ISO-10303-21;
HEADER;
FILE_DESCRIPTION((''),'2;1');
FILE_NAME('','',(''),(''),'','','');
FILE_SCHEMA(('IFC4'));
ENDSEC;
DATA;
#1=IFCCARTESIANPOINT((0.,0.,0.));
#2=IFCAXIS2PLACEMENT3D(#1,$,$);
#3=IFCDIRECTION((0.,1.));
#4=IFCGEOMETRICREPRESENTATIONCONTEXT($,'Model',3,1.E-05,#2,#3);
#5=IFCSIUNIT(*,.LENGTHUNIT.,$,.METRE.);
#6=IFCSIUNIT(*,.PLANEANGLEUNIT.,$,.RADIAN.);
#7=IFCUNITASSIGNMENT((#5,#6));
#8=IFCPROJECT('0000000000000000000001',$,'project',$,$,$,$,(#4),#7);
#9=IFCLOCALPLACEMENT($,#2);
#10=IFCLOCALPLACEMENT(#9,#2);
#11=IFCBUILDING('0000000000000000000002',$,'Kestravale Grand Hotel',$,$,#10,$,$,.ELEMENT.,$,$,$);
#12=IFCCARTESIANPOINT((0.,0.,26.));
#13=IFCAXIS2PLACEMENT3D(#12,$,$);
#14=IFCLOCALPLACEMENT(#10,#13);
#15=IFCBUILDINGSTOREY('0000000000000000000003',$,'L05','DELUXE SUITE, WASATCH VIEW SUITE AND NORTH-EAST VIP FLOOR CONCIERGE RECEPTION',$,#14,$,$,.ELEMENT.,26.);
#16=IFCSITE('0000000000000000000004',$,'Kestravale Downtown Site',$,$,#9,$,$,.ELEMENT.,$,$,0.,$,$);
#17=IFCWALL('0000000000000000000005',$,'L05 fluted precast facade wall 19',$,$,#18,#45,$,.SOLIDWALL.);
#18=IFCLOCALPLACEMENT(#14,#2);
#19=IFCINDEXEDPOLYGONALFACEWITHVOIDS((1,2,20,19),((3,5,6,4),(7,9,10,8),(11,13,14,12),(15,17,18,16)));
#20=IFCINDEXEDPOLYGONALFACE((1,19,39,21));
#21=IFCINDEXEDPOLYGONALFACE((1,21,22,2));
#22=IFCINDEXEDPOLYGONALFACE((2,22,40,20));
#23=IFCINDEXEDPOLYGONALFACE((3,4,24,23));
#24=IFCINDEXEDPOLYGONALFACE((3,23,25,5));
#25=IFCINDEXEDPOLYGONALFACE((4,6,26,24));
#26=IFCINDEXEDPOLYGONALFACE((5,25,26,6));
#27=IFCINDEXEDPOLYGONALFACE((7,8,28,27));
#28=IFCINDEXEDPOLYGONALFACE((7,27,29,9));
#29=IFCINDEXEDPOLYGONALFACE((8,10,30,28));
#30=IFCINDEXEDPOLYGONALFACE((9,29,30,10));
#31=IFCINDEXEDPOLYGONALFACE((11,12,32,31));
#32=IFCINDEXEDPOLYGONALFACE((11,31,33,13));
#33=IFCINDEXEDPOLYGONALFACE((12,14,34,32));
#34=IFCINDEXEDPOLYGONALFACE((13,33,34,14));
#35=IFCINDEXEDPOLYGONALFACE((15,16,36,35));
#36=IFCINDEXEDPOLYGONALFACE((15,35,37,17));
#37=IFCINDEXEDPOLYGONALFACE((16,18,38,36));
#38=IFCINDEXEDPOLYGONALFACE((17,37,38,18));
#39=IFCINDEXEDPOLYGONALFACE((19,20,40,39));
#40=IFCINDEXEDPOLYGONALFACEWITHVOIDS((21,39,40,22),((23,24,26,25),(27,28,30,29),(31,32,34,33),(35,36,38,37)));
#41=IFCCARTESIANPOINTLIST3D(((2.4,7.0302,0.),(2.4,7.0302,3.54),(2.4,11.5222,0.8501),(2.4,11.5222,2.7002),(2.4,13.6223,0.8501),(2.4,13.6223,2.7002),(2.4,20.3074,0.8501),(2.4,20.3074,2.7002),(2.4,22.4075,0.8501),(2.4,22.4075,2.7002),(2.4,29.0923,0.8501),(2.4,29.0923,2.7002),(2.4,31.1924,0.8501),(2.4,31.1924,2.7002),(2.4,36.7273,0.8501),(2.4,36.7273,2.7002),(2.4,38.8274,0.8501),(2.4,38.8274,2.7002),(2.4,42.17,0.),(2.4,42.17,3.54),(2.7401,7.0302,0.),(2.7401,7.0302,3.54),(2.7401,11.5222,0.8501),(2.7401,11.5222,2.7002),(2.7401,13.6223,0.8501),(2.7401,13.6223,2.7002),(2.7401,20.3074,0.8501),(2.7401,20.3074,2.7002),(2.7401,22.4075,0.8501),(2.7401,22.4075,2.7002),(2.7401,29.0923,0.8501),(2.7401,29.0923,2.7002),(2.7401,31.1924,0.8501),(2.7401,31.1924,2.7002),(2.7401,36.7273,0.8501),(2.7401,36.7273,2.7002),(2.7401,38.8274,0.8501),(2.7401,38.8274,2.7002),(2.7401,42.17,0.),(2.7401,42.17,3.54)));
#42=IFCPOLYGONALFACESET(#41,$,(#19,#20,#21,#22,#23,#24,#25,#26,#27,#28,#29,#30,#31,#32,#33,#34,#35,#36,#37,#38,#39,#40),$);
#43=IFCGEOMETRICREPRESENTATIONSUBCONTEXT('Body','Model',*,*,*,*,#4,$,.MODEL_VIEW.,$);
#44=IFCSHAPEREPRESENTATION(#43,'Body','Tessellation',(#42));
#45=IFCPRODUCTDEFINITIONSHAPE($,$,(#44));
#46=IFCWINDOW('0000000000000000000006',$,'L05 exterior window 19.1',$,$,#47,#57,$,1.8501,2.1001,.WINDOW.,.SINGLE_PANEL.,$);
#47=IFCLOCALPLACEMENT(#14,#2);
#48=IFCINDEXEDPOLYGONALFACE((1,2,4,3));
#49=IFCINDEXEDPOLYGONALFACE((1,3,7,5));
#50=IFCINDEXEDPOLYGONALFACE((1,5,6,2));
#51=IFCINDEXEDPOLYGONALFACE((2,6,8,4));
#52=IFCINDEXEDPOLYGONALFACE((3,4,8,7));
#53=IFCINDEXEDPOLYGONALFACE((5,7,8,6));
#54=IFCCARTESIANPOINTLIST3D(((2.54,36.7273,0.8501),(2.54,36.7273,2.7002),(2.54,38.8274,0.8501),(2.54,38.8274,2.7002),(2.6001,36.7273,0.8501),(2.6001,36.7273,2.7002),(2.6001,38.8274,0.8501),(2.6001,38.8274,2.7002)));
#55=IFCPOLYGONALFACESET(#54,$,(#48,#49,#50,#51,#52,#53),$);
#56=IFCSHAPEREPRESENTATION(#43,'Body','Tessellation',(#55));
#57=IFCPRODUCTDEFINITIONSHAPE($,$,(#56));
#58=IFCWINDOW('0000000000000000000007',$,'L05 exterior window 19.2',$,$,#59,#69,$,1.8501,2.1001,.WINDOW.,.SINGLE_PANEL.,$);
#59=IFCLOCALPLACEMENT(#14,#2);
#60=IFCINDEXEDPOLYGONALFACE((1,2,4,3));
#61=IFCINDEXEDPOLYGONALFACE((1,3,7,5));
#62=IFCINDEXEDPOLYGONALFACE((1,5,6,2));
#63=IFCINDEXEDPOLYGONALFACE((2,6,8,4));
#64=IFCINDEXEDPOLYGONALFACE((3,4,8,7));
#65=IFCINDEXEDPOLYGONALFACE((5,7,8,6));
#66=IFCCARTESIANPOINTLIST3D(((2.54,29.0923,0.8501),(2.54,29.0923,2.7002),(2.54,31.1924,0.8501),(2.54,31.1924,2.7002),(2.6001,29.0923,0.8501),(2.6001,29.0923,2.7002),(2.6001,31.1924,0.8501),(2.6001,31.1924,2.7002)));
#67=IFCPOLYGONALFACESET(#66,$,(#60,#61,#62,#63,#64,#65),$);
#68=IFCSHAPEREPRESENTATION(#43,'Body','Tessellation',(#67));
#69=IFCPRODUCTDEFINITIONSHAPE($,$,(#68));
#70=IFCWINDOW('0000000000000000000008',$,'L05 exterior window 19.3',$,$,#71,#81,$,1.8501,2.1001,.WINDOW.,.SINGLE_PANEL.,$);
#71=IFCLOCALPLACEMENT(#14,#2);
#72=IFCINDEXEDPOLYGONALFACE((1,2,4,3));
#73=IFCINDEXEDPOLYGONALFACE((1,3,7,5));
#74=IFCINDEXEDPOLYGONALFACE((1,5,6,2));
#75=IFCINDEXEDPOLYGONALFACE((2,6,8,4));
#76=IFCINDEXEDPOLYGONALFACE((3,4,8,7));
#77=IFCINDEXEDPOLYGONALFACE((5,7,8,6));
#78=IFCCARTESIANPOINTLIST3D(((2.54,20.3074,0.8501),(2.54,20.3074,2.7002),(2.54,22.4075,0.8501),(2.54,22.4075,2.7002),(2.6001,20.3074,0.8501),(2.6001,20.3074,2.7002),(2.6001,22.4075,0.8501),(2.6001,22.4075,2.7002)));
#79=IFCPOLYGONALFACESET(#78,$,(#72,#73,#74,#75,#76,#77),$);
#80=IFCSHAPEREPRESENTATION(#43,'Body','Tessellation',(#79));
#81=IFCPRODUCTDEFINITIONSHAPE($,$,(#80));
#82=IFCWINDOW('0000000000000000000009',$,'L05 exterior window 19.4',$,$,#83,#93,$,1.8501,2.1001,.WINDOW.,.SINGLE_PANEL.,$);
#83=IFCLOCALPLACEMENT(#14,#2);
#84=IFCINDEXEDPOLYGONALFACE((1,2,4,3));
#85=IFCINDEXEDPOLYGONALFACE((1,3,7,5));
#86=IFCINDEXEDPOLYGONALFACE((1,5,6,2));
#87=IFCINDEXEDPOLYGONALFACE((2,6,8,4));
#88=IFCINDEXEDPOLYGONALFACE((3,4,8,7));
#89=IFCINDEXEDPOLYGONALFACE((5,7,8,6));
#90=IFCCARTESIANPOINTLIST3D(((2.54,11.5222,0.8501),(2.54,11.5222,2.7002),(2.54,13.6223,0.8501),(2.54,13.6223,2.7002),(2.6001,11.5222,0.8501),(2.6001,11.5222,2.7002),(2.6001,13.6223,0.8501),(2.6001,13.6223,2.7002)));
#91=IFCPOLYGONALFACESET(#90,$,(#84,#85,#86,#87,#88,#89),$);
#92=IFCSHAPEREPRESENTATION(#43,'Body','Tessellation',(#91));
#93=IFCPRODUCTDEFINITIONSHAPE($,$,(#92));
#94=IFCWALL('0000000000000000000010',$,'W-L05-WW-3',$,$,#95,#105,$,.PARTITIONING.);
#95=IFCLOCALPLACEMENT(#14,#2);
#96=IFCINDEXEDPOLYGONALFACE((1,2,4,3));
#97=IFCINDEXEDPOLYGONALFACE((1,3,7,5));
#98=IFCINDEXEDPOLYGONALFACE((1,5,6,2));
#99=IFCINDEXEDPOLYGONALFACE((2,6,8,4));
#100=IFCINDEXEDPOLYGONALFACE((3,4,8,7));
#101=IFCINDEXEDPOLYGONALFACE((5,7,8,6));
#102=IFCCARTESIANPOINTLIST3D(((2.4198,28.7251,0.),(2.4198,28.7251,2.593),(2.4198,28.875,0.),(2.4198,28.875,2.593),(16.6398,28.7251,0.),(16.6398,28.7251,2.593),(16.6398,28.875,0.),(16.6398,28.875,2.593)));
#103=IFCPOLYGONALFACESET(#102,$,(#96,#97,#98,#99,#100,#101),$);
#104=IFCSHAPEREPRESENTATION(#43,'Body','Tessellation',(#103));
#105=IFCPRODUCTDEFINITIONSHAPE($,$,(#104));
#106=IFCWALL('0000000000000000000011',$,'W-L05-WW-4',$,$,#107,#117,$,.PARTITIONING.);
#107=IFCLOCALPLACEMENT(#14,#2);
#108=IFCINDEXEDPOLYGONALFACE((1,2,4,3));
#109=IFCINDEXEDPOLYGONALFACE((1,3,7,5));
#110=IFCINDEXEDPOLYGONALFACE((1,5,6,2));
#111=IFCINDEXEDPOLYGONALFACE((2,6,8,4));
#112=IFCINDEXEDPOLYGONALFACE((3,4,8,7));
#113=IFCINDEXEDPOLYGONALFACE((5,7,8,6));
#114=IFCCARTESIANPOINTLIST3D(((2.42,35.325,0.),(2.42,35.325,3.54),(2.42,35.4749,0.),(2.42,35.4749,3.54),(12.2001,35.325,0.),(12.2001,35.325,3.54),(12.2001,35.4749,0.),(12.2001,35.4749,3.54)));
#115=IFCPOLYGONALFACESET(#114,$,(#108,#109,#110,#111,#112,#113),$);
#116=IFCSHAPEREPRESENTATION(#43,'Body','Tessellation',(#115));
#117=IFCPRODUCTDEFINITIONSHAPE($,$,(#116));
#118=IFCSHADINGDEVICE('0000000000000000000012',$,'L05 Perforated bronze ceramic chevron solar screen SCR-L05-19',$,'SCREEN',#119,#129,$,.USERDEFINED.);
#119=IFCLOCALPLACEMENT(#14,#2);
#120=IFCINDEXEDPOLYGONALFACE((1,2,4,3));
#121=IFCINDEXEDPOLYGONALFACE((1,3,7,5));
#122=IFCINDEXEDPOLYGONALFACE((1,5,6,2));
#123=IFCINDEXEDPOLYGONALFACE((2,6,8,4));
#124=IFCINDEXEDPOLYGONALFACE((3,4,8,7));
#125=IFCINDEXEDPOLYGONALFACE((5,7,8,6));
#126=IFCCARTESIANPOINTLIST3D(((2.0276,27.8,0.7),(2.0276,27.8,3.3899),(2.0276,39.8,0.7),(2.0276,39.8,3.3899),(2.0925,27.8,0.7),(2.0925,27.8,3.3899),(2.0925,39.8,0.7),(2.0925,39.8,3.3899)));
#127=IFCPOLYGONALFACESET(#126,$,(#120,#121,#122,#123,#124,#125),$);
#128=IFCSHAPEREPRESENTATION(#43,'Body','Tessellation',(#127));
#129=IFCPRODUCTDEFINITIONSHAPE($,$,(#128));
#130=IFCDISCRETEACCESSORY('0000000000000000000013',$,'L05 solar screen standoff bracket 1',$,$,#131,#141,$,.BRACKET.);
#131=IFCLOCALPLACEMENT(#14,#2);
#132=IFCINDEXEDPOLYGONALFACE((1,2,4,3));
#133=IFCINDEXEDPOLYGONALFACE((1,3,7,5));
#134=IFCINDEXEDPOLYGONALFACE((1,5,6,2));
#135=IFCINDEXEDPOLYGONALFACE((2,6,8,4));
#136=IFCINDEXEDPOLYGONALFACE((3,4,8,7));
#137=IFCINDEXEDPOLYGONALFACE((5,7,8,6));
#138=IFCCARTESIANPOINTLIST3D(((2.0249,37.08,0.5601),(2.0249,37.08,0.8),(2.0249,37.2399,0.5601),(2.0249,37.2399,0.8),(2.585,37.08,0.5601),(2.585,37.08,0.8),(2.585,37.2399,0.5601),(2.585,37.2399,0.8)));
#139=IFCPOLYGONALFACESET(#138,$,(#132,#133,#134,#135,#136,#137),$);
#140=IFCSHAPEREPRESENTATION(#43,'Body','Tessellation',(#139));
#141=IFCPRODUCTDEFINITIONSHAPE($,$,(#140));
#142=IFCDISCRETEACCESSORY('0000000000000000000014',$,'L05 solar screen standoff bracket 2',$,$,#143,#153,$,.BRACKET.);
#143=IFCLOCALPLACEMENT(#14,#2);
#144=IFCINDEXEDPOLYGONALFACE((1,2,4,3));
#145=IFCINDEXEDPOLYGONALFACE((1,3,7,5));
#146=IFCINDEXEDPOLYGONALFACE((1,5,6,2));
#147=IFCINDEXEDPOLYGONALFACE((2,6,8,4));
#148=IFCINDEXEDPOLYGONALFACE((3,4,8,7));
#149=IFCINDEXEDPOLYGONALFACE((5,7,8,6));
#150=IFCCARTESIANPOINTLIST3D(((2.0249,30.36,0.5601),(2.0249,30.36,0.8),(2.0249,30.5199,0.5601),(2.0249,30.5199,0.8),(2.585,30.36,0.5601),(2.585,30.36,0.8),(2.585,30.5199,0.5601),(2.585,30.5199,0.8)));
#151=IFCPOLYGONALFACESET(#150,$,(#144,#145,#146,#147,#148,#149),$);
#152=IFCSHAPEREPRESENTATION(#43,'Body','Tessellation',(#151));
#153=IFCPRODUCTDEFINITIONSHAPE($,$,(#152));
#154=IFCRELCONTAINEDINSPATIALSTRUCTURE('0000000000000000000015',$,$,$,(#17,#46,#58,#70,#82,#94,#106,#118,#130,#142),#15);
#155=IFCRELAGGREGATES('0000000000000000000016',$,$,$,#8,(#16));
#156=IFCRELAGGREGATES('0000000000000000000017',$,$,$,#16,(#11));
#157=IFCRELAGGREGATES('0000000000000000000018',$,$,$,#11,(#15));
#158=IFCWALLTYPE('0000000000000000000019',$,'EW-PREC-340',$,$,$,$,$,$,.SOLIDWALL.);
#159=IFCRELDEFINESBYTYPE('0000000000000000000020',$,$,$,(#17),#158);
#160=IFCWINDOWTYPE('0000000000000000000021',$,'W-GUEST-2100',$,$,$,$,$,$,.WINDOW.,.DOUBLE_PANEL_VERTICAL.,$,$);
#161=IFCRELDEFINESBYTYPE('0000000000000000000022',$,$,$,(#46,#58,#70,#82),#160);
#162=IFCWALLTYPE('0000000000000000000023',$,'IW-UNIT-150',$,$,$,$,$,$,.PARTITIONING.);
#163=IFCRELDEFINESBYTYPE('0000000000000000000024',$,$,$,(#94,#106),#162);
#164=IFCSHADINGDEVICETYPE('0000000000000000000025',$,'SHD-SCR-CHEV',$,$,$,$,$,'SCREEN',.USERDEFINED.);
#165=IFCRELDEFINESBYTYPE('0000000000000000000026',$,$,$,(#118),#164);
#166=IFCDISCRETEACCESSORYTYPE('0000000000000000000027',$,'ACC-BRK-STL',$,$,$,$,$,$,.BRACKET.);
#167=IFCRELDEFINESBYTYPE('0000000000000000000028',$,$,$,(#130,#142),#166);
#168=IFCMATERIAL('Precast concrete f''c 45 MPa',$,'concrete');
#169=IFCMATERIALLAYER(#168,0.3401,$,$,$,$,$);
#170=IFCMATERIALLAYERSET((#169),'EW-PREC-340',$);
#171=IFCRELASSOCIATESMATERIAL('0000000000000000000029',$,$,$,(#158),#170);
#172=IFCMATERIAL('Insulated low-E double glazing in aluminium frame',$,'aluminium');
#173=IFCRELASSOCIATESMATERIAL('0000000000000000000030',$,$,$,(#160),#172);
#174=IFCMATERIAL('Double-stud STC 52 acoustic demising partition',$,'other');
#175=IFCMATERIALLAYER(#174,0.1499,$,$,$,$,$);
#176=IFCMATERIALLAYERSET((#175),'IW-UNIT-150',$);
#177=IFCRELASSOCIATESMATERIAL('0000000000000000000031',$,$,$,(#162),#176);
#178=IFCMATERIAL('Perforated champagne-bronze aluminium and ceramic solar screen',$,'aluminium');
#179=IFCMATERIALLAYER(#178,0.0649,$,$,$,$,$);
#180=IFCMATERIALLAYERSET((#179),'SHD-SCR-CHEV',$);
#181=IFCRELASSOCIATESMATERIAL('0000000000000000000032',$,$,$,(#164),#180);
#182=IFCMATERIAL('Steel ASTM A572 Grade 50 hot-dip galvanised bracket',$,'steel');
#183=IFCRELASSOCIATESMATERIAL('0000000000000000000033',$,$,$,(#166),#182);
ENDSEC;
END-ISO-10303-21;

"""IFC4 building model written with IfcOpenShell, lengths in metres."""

from ifc_helpers import new_model, si_unit, direction, frame, frame_2d, origin, origin_2d, place, context, subcontext, project, spatial, rectangle, extrude, material, layer, layer_set, type_object, element, fill, save


model = new_model("IFC4")

# Units and contexts
model_context = context("Model", 3, precision=1e-05, world=origin(), true_north=direction((0.0, 1.0)))
body_context = subcontext(model_context, "Body", "Model", "MODEL_VIEW")
ifc_project = project(units=[si_unit("LENGTHUNIT", "METRE"), si_unit("PLANEANGLEUNIT", "RADIAN")], contexts=[model_context])

# Site, building, storey
site_placement = place(None, origin())
site = spatial("IfcSite", under=ifc_project, at=site_placement, Name="Kestravale Downtown Site", CompositionType="ELEMENT", RefElevation=0.0)
building_placement = place(site_placement, origin())
building = spatial("IfcBuilding", under=site, at=building_placement, Name="Kestravale Grand Hotel", CompositionType="ELEMENT")
storey_placement = place(building_placement, frame((0.0, 0.0, 26.0)))
storey = spatial("IfcBuildingStorey", under=building, at=storey_placement, Name="L05", Description="DELUXE SUITE, WASATCH VIEW SUITE AND NORTH-EAST VIP FLOOR CONCIERGE RECEPTION", CompositionType="ELEMENT", Elevation=26.0)

# Wall, openings, windows
ifc_material_1 = material(Name="Precast concrete f'c 45 MPa", Category="concrete")
ifc_layer_1 = layer(ifc_material_1, 0.3401)
ifc_layer_set_1 = layer_set([ifc_layer_1], Name="EW-PREC-340")
wall_type_1 = type_object("IfcWallType", Name="EW-PREC-340", PredefinedType="SOLIDWALL", material=ifc_layer_set_1)
wall_1_placement = place(storey_placement, frame((2.5701, 42.1699, 0.0), z_axis=(0.0, 0.0, 1.0), x_axis=(0.0, -1.0, 0.0)))
wall_1 = element("IfcWall", 1, at=wall_1_placement, inside=storey, type_object=wall_type_1, Name="L05 fluted precast facade wall 19", PredefinedType="SOLIDWALL", context=body_context, shape_type="SweptSolid", body=[
    extrude(rectangle(XDim=35.1399, YDim=0.3401, at=frame_2d((17.5698, 0.0))), origin(), (0.0, 0.0, 1.0), 3.54),
])
opening_1_placement = place(wall_1_placement, frame((3.3425, 0.0, 0.8501)))
opening_1 = element("IfcOpeningElement", 2, at=opening_1_placement, cuts=wall_1, PredefinedType="OPENING", context=body_context, shape_type="SweptSolid", body=[
    extrude(rectangle(XDim=2.1001, YDim=1.8501, at=frame_2d((1.05, 0.925))), frame((0.0, 0.1799, 0.0), z_axis=(0.0, -1.0, 0.0), x_axis=(1.0, 0.0, 0.0)), (0.0, 0.0, 1.0), 0.3601),
])
opening_2_placement = place(wall_1_placement, frame((10.9775, 0.0, 0.8501)))
opening_2 = element("IfcOpeningElement", 3, at=opening_2_placement, cuts=wall_1, PredefinedType="OPENING", context=body_context, shape_type="SweptSolid", body=[
    extrude(rectangle(XDim=2.1001, YDim=1.8501, at=frame_2d((1.05, 0.925))), frame((0.0, 0.1799, 0.0), z_axis=(0.0, -1.0, 0.0), x_axis=(1.0, 0.0, 0.0)), (0.0, 0.0, 1.0), 0.3601),
])
opening_3_placement = place(wall_1_placement, frame((19.7625, 0.0, 0.8501)))
opening_3 = element("IfcOpeningElement", 4, at=opening_3_placement, cuts=wall_1, PredefinedType="OPENING", context=body_context, shape_type="SweptSolid", body=[
    extrude(rectangle(XDim=2.1001, YDim=1.8501, at=frame_2d((1.05, 0.925))), frame((0.0, 0.1799, 0.0), z_axis=(0.0, -1.0, 0.0), x_axis=(1.0, 0.0, 0.0)), (0.0, 0.0, 1.0), 0.3601),
])
opening_4_placement = place(wall_1_placement, frame((28.5476, 0.0, 0.8501)))
opening_4 = element("IfcOpeningElement", 5, at=opening_4_placement, cuts=wall_1, PredefinedType="OPENING", context=body_context, shape_type="SweptSolid", body=[
    extrude(rectangle(XDim=2.1001, YDim=1.8501, at=frame_2d((1.05, 0.925))), frame((0.0, 0.1799, 0.0), z_axis=(0.0, -1.0, 0.0), x_axis=(1.0, 0.0, 0.0)), (0.0, 0.0, 1.0), 0.3601),
])
ifc_material_2 = material(Name="Insulated low-E double glazing in aluminium frame", Category="aluminium")
window_type = type_object("IfcWindowType", Name="W-GUEST-2100", PartitioningType="DOUBLE_PANEL_VERTICAL", PredefinedType="WINDOW", material=ifc_material_2)
window_1_placement = place(opening_1_placement, origin())
window_1 = element("IfcWindow", 6, at=window_1_placement, inside=storey, type_object=window_type, Name="L05 exterior window 19.1", OverallHeight=1.8501, OverallWidth=2.1001, PartitioningType="SINGLE_PANEL", PredefinedType="WINDOW", context=body_context, shape_type="SweptSolid", body=[
    extrude(rectangle(XDim=2.1001, YDim=1.8501, at=frame_2d((1.05, 0.925))), frame((0.0, 0.03, 0.0), z_axis=(0.0, -1.0, 0.0), x_axis=(1.0, 0.0, 0.0)), (0.0, 0.0, 1.0), 0.0601),
])
fill(opening_1, window_1)
window_2_placement = place(opening_2_placement, origin())
window_2 = element("IfcWindow", 7, at=window_2_placement, inside=storey, type_object=window_type, Name="L05 exterior window 19.2", OverallHeight=1.8501, OverallWidth=2.1001, PartitioningType="SINGLE_PANEL", PredefinedType="WINDOW", context=body_context, shape_type="SweptSolid", body=[
    extrude(rectangle(XDim=2.1001, YDim=1.8501, at=frame_2d((1.05, 0.925))), frame((0.0, 0.03, 0.0), z_axis=(0.0, -1.0, 0.0), x_axis=(1.0, 0.0, 0.0)), (0.0, 0.0, 1.0), 0.0601),
])
fill(opening_2, window_2)
window_3_placement = place(opening_3_placement, origin())
window_3 = element("IfcWindow", 8, at=window_3_placement, inside=storey, type_object=window_type, Name="L05 exterior window 19.3", OverallHeight=1.8501, OverallWidth=2.1001, PartitioningType="SINGLE_PANEL", PredefinedType="WINDOW", context=body_context, shape_type="SweptSolid", body=[
    extrude(rectangle(XDim=2.1001, YDim=1.8501, at=frame_2d((1.05, 0.925))), frame((0.0, 0.03, 0.0), z_axis=(0.0, -1.0, 0.0), x_axis=(1.0, 0.0, 0.0)), (0.0, 0.0, 1.0), 0.0601),
])
fill(opening_3, window_3)
window_4_placement = place(opening_4_placement, origin())
window_4 = element("IfcWindow", 9, at=window_4_placement, inside=storey, type_object=window_type, Name="L05 exterior window 19.4", OverallHeight=1.8501, OverallWidth=2.1001, PartitioningType="SINGLE_PANEL", PredefinedType="WINDOW", context=body_context, shape_type="SweptSolid", body=[
    extrude(rectangle(XDim=2.1001, YDim=1.8501, at=frame_2d((1.05, 0.925))), frame((0.0, 0.03, 0.0), z_axis=(0.0, -1.0, 0.0), x_axis=(1.0, 0.0, 0.0)), (0.0, 0.0, 1.0), 0.0601),
])
fill(opening_4, window_4)

# Walls
ifc_material_3 = material(Name="Double-stud STC 52 acoustic demising partition", Category="other")
ifc_layer_2 = layer(ifc_material_3, 0.1499)
ifc_layer_set_2 = layer_set([ifc_layer_2], Name="IW-UNIT-150")
wall_type_2 = type_object("IfcWallType", Name="IW-UNIT-150", PredefinedType="PARTITIONING", material=ifc_layer_set_2)
wall_2_placement = place(storey_placement, frame((2.4199, 28.8, 0.0), z_axis=(0.0, 0.0, 1.0), x_axis=(1.0, 0.0, 0.0)))
element("IfcWall", 10, at=wall_2_placement, inside=storey, type_object=wall_type_2, Name="W-L05-WW-3", PredefinedType="PARTITIONING", context=body_context, shape_type="SweptSolid", body=[
    extrude(rectangle(XDim=14.22, YDim=0.1499, at=frame_2d((7.1099, 0.0))), origin(), (0.0, 0.0, 1.0), 2.593),
])
wall_3_placement = place(storey_placement, frame((2.4199, 35.3999, 0.0), z_axis=(0.0, 0.0, 1.0), x_axis=(1.0, 0.0, 0.0)))
element("IfcWall", 11, at=wall_3_placement, inside=storey, type_object=wall_type_2, Name="W-L05-WW-4", PredefinedType="PARTITIONING", context=body_context, shape_type="SweptSolid", body=[
    extrude(rectangle(XDim=9.78, YDim=0.1499, at=frame_2d((4.8901, 0.0))), origin(), (0.0, 0.0, 1.0), 3.54),
])

# Shading device
ifc_material_4 = material(Name="Perforated champagne-bronze aluminium and ceramic solar screen", Category="aluminium")
ifc_layer_3 = layer(ifc_material_4, 0.0649)
ifc_layer_set_3 = layer_set([ifc_layer_3], Name="SHD-SCR-CHEV")
shading_device_type = type_object("IfcShadingDeviceType", Name="SHD-SCR-CHEV", ElementType="SCREEN", PredefinedType="USERDEFINED", material=ifc_layer_set_3)
shading_device_placement = place(storey_placement, frame((2.0601, 33.8, 0.7), z_axis=(0.0, 0.0, 1.0), x_axis=(0.0, -1.0, 0.0)))
element("IfcShadingDevice", 12, at=shading_device_placement, inside=storey, type_object=shading_device_type, Name="L05 Perforated bronze ceramic chevron solar screen SCR-L05-19", ObjectType="SCREEN", PredefinedType="USERDEFINED", context=body_context, shape_type="SweptSolid", body=[
    extrude(rectangle(XDim=12.0, YDim=0.0649, at=origin_2d()), origin(), (0.0, 0.0, 1.0), 2.6899),
])

# Discrete accessories
ifc_material_5 = material(Name="Steel ASTM A572 Grade 50 hot-dip galvanised bracket", Category="steel")
discrete_accessory_type = type_object("IfcDiscreteAccessoryType", Name="ACC-BRK-STL", PredefinedType="BRACKET", material=ifc_material_5)
for number, where, z_axis, x_axis, name in (
    (13, (2.3049, 37.1599, 0.5601), (0.0, 0.0, 1.0), (0.0, -1.0, 0.0), "L05 solar screen standoff bracket 1"),
    (14, (2.3049, 30.4399, 0.5601), (0.0, 0.0, 1.0), (0.0, -1.0, 0.0), "L05 solar screen standoff bracket 2"),
):
    element("IfcDiscreteAccessory", number, at=place(storey_placement, frame(where, z_axis=z_axis, x_axis=x_axis)), inside=storey, type_object=discrete_accessory_type, Name=name, PredefinedType="BRACKET", context=body_context, shape_type="SweptSolid", body=[
        extrude(rectangle(XDim=0.1599, YDim=0.5601, at=origin_2d()), origin(), (0.0, 0.0, 1.0), 0.24),
    ])

save(model, "model.ifc")
